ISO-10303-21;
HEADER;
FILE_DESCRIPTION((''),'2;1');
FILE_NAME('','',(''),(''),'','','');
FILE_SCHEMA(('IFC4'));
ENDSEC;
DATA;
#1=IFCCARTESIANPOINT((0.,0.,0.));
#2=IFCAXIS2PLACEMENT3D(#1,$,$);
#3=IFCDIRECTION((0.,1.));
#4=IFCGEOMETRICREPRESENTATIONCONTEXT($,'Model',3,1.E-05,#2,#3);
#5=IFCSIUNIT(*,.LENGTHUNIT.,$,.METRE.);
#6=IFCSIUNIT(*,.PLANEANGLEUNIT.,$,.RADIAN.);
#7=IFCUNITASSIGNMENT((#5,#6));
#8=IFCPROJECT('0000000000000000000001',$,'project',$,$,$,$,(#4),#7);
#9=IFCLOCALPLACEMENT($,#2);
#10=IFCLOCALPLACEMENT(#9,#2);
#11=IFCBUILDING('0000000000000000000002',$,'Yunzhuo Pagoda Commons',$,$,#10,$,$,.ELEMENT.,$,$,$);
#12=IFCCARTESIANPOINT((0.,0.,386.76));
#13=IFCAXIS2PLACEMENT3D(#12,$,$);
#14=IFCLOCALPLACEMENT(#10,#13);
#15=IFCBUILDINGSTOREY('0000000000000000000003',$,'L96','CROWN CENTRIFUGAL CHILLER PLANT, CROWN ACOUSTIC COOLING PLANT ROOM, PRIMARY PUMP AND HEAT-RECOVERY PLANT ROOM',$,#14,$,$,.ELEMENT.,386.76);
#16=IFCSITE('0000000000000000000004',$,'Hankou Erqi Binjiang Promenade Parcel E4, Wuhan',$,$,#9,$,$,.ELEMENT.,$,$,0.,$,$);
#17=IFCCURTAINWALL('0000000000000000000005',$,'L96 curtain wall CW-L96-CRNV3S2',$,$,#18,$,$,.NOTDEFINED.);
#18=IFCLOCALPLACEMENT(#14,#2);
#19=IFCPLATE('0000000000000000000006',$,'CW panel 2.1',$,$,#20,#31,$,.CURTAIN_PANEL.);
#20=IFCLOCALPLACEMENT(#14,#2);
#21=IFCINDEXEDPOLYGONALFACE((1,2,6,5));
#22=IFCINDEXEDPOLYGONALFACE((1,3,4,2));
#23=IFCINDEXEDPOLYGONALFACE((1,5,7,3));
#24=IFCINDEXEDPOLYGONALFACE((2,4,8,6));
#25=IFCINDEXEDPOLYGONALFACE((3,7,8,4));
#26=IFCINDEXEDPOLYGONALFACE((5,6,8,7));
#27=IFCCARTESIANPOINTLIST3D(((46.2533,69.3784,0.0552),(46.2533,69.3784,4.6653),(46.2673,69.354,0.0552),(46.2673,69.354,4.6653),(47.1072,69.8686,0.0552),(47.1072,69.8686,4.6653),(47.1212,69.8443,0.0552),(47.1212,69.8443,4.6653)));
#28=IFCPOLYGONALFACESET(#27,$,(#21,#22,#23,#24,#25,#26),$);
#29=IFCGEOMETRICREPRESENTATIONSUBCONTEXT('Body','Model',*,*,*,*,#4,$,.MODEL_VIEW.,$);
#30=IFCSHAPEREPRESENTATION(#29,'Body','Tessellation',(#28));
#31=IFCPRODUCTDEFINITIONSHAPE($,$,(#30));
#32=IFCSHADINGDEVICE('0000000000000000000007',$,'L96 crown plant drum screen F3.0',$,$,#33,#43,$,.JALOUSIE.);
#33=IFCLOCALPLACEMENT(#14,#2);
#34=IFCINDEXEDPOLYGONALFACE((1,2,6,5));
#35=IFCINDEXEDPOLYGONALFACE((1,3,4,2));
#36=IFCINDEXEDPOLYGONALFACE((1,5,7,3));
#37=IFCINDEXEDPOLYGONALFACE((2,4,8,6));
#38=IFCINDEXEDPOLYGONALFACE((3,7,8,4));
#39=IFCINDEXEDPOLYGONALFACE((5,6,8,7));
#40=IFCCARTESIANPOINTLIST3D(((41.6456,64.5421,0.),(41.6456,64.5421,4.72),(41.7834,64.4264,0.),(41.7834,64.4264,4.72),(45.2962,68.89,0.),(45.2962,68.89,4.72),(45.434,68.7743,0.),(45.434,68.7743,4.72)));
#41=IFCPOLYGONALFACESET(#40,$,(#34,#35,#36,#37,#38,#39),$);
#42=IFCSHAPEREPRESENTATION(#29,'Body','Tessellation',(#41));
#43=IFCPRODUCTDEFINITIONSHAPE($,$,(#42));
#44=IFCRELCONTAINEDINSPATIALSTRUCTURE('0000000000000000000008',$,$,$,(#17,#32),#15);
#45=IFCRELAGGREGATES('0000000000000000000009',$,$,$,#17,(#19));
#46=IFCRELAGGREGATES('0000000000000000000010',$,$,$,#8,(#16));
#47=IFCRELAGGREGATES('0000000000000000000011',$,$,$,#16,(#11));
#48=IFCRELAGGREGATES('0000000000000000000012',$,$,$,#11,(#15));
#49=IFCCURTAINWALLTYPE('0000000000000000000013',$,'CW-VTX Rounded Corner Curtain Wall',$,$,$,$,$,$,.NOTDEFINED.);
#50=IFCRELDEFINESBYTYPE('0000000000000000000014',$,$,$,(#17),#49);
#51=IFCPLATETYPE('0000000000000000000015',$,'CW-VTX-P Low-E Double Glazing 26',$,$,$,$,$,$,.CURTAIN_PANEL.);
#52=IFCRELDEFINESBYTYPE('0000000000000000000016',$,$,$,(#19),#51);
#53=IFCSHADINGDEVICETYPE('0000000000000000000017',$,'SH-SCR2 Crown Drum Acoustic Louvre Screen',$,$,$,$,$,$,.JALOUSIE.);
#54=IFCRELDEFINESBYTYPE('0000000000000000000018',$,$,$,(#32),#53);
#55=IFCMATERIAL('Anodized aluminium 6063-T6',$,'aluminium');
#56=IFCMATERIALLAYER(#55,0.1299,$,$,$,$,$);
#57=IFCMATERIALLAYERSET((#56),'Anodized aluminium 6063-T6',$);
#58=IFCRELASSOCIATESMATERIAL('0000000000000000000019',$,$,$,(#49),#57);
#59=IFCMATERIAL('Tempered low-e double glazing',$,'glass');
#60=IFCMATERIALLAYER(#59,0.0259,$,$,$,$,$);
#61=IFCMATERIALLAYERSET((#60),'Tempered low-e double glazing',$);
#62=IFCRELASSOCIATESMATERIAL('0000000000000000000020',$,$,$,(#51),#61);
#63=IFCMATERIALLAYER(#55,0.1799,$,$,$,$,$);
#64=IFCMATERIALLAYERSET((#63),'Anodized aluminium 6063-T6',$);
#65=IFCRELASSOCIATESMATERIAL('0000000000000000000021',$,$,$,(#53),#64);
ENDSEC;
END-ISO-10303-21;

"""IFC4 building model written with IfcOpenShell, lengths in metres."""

from ifc_helpers import new_model, si_unit, direction, frame, origin, origin_2d, place, context, subcontext, project, spatial, rectangle, extrude, source, transform, mapped, material, layer, layer_set, type_object, element, aggregate, save


model = new_model("IFC4")

# Units and contexts
model_context = context("Model", 3, precision=1e-05, world=origin(), true_north=direction((0.0, 1.0)))
body_context = subcontext(model_context, "Body", "Model", "MODEL_VIEW")
ifc_project = project(units=[si_unit("LENGTHUNIT", "METRE"), si_unit("PLANEANGLEUNIT", "RADIAN")], contexts=[model_context])

# Site, building, storey
site_placement = place(None, origin())
site = spatial("IfcSite", under=ifc_project, at=site_placement, Name="Hankou Erqi Binjiang Promenade Parcel E4, Wuhan", CompositionType="ELEMENT", RefElevation=0.0)
building_placement = place(site_placement, origin())
building = spatial("IfcBuilding", under=site, at=building_placement, Name="Yunzhuo Pagoda Commons", CompositionType="ELEMENT")
storey_placement = place(building_placement, frame((0.0, 0.0, 386.76)))
storey = spatial("IfcBuildingStorey", under=building, at=storey_placement, Name="L96", Description="CROWN CENTRIFUGAL CHILLER PLANT, CROWN ACOUSTIC COOLING PLANT ROOM, PRIMARY PUMP AND HEAT-RECOVERY PLANT ROOM", CompositionType="ELEMENT", Elevation=386.76)

# Curtain wall
ifc_material_1 = material(Name="Anodized aluminium 6063-T6", Category="aluminium")
ifc_layer_1 = layer(ifc_material_1, 0.1299)
ifc_layer_set_1 = layer_set([ifc_layer_1], Name="Anodized aluminium 6063-T6")
curtain_wall_type_1 = type_object("IfcCurtainWallType", Name="CW-VTX Rounded Corner Curtain Wall", PredefinedType="NOTDEFINED", material=ifc_layer_set_1)
curtain_wall_1_placement = place(storey_placement, origin())
curtain_wall_1 = element("IfcCurtainWall", 1, at=curtain_wall_1_placement, inside=storey, type_object=curtain_wall_type_1, Name="L96 curtain wall CW-L96-CRNV3S2", PredefinedType="NOTDEFINED")

# Plate
ifc_material_2 = material(Name="Tempered low-e double glazing", Category="glass")
ifc_layer_2 = layer(ifc_material_2, 0.0259)
ifc_layer_set_2 = layer_set([ifc_layer_2], Name="Tempered low-e double glazing")
plate_type_1 = type_object("IfcPlateType", Name="CW-VTX-P Low-E Double Glazing 26", PredefinedType="CURTAIN_PANEL", material=ifc_layer_set_2)
shared_shape_1 = source(origin(), body_context, "Body", "SweptSolid", [
    extrude(rectangle(XDim=0.9846, YDim=0.0281, at=origin_2d()), origin(), (0.0, 0.0, 1.0), 4.6101),
])
plate_1_placement = place(storey_placement, frame((46.6873, 69.6113, 0.0552), z_axis=(0.0, 0.0, 1.0), x_axis=(-0.867213, -0.497937, 0.0)))
plate_1 = element("IfcPlate", 2, at=plate_1_placement, type_object=plate_type_1, Name="CW panel 2.1", PredefinedType="CURTAIN_PANEL", context=body_context, shape_type="MappedRepresentation", body=[
    mapped(shared_shape_1, transform((0.0, 0.0, 0.0), scale=1.0)),
])
aggregate(curtain_wall_1, [plate_1])

# Shading device
ifc_layer_3 = layer(ifc_material_1, 0.1799)
ifc_layer_set_3 = layer_set([ifc_layer_3], Name="Anodized aluminium 6063-T6")
shading_device_type = type_object("IfcShadingDeviceType", Name="SH-SCR2 Crown Drum Acoustic Louvre Screen", PredefinedType="JALOUSIE", material=ifc_layer_set_3)
shared_shape_2 = source(origin(), body_context, "Body", "SweptSolid", [
    extrude(rectangle(XDim=5.6772, YDim=0.1799, at=origin_2d()), origin(), (0.0, 0.0, 1.0), 4.72),
])
shading_device_placement = place(storey_placement, frame((43.5398, 66.6582, 0.0), z_axis=(0.0, 0.0, 1.0), x_axis=(-0.643015, -0.765854, 0.0)))
element("IfcShadingDevice", 3, at=shading_device_placement, inside=storey, type_object=shading_device_type, Name="L96 crown plant drum screen F3.0", PredefinedType="JALOUSIE", context=body_context, shape_type="MappedRepresentation", body=[
    mapped(shared_shape_2, transform((0.0, 0.0, 0.0), scale=1.0)),
])

save(model, "model.ifc")
